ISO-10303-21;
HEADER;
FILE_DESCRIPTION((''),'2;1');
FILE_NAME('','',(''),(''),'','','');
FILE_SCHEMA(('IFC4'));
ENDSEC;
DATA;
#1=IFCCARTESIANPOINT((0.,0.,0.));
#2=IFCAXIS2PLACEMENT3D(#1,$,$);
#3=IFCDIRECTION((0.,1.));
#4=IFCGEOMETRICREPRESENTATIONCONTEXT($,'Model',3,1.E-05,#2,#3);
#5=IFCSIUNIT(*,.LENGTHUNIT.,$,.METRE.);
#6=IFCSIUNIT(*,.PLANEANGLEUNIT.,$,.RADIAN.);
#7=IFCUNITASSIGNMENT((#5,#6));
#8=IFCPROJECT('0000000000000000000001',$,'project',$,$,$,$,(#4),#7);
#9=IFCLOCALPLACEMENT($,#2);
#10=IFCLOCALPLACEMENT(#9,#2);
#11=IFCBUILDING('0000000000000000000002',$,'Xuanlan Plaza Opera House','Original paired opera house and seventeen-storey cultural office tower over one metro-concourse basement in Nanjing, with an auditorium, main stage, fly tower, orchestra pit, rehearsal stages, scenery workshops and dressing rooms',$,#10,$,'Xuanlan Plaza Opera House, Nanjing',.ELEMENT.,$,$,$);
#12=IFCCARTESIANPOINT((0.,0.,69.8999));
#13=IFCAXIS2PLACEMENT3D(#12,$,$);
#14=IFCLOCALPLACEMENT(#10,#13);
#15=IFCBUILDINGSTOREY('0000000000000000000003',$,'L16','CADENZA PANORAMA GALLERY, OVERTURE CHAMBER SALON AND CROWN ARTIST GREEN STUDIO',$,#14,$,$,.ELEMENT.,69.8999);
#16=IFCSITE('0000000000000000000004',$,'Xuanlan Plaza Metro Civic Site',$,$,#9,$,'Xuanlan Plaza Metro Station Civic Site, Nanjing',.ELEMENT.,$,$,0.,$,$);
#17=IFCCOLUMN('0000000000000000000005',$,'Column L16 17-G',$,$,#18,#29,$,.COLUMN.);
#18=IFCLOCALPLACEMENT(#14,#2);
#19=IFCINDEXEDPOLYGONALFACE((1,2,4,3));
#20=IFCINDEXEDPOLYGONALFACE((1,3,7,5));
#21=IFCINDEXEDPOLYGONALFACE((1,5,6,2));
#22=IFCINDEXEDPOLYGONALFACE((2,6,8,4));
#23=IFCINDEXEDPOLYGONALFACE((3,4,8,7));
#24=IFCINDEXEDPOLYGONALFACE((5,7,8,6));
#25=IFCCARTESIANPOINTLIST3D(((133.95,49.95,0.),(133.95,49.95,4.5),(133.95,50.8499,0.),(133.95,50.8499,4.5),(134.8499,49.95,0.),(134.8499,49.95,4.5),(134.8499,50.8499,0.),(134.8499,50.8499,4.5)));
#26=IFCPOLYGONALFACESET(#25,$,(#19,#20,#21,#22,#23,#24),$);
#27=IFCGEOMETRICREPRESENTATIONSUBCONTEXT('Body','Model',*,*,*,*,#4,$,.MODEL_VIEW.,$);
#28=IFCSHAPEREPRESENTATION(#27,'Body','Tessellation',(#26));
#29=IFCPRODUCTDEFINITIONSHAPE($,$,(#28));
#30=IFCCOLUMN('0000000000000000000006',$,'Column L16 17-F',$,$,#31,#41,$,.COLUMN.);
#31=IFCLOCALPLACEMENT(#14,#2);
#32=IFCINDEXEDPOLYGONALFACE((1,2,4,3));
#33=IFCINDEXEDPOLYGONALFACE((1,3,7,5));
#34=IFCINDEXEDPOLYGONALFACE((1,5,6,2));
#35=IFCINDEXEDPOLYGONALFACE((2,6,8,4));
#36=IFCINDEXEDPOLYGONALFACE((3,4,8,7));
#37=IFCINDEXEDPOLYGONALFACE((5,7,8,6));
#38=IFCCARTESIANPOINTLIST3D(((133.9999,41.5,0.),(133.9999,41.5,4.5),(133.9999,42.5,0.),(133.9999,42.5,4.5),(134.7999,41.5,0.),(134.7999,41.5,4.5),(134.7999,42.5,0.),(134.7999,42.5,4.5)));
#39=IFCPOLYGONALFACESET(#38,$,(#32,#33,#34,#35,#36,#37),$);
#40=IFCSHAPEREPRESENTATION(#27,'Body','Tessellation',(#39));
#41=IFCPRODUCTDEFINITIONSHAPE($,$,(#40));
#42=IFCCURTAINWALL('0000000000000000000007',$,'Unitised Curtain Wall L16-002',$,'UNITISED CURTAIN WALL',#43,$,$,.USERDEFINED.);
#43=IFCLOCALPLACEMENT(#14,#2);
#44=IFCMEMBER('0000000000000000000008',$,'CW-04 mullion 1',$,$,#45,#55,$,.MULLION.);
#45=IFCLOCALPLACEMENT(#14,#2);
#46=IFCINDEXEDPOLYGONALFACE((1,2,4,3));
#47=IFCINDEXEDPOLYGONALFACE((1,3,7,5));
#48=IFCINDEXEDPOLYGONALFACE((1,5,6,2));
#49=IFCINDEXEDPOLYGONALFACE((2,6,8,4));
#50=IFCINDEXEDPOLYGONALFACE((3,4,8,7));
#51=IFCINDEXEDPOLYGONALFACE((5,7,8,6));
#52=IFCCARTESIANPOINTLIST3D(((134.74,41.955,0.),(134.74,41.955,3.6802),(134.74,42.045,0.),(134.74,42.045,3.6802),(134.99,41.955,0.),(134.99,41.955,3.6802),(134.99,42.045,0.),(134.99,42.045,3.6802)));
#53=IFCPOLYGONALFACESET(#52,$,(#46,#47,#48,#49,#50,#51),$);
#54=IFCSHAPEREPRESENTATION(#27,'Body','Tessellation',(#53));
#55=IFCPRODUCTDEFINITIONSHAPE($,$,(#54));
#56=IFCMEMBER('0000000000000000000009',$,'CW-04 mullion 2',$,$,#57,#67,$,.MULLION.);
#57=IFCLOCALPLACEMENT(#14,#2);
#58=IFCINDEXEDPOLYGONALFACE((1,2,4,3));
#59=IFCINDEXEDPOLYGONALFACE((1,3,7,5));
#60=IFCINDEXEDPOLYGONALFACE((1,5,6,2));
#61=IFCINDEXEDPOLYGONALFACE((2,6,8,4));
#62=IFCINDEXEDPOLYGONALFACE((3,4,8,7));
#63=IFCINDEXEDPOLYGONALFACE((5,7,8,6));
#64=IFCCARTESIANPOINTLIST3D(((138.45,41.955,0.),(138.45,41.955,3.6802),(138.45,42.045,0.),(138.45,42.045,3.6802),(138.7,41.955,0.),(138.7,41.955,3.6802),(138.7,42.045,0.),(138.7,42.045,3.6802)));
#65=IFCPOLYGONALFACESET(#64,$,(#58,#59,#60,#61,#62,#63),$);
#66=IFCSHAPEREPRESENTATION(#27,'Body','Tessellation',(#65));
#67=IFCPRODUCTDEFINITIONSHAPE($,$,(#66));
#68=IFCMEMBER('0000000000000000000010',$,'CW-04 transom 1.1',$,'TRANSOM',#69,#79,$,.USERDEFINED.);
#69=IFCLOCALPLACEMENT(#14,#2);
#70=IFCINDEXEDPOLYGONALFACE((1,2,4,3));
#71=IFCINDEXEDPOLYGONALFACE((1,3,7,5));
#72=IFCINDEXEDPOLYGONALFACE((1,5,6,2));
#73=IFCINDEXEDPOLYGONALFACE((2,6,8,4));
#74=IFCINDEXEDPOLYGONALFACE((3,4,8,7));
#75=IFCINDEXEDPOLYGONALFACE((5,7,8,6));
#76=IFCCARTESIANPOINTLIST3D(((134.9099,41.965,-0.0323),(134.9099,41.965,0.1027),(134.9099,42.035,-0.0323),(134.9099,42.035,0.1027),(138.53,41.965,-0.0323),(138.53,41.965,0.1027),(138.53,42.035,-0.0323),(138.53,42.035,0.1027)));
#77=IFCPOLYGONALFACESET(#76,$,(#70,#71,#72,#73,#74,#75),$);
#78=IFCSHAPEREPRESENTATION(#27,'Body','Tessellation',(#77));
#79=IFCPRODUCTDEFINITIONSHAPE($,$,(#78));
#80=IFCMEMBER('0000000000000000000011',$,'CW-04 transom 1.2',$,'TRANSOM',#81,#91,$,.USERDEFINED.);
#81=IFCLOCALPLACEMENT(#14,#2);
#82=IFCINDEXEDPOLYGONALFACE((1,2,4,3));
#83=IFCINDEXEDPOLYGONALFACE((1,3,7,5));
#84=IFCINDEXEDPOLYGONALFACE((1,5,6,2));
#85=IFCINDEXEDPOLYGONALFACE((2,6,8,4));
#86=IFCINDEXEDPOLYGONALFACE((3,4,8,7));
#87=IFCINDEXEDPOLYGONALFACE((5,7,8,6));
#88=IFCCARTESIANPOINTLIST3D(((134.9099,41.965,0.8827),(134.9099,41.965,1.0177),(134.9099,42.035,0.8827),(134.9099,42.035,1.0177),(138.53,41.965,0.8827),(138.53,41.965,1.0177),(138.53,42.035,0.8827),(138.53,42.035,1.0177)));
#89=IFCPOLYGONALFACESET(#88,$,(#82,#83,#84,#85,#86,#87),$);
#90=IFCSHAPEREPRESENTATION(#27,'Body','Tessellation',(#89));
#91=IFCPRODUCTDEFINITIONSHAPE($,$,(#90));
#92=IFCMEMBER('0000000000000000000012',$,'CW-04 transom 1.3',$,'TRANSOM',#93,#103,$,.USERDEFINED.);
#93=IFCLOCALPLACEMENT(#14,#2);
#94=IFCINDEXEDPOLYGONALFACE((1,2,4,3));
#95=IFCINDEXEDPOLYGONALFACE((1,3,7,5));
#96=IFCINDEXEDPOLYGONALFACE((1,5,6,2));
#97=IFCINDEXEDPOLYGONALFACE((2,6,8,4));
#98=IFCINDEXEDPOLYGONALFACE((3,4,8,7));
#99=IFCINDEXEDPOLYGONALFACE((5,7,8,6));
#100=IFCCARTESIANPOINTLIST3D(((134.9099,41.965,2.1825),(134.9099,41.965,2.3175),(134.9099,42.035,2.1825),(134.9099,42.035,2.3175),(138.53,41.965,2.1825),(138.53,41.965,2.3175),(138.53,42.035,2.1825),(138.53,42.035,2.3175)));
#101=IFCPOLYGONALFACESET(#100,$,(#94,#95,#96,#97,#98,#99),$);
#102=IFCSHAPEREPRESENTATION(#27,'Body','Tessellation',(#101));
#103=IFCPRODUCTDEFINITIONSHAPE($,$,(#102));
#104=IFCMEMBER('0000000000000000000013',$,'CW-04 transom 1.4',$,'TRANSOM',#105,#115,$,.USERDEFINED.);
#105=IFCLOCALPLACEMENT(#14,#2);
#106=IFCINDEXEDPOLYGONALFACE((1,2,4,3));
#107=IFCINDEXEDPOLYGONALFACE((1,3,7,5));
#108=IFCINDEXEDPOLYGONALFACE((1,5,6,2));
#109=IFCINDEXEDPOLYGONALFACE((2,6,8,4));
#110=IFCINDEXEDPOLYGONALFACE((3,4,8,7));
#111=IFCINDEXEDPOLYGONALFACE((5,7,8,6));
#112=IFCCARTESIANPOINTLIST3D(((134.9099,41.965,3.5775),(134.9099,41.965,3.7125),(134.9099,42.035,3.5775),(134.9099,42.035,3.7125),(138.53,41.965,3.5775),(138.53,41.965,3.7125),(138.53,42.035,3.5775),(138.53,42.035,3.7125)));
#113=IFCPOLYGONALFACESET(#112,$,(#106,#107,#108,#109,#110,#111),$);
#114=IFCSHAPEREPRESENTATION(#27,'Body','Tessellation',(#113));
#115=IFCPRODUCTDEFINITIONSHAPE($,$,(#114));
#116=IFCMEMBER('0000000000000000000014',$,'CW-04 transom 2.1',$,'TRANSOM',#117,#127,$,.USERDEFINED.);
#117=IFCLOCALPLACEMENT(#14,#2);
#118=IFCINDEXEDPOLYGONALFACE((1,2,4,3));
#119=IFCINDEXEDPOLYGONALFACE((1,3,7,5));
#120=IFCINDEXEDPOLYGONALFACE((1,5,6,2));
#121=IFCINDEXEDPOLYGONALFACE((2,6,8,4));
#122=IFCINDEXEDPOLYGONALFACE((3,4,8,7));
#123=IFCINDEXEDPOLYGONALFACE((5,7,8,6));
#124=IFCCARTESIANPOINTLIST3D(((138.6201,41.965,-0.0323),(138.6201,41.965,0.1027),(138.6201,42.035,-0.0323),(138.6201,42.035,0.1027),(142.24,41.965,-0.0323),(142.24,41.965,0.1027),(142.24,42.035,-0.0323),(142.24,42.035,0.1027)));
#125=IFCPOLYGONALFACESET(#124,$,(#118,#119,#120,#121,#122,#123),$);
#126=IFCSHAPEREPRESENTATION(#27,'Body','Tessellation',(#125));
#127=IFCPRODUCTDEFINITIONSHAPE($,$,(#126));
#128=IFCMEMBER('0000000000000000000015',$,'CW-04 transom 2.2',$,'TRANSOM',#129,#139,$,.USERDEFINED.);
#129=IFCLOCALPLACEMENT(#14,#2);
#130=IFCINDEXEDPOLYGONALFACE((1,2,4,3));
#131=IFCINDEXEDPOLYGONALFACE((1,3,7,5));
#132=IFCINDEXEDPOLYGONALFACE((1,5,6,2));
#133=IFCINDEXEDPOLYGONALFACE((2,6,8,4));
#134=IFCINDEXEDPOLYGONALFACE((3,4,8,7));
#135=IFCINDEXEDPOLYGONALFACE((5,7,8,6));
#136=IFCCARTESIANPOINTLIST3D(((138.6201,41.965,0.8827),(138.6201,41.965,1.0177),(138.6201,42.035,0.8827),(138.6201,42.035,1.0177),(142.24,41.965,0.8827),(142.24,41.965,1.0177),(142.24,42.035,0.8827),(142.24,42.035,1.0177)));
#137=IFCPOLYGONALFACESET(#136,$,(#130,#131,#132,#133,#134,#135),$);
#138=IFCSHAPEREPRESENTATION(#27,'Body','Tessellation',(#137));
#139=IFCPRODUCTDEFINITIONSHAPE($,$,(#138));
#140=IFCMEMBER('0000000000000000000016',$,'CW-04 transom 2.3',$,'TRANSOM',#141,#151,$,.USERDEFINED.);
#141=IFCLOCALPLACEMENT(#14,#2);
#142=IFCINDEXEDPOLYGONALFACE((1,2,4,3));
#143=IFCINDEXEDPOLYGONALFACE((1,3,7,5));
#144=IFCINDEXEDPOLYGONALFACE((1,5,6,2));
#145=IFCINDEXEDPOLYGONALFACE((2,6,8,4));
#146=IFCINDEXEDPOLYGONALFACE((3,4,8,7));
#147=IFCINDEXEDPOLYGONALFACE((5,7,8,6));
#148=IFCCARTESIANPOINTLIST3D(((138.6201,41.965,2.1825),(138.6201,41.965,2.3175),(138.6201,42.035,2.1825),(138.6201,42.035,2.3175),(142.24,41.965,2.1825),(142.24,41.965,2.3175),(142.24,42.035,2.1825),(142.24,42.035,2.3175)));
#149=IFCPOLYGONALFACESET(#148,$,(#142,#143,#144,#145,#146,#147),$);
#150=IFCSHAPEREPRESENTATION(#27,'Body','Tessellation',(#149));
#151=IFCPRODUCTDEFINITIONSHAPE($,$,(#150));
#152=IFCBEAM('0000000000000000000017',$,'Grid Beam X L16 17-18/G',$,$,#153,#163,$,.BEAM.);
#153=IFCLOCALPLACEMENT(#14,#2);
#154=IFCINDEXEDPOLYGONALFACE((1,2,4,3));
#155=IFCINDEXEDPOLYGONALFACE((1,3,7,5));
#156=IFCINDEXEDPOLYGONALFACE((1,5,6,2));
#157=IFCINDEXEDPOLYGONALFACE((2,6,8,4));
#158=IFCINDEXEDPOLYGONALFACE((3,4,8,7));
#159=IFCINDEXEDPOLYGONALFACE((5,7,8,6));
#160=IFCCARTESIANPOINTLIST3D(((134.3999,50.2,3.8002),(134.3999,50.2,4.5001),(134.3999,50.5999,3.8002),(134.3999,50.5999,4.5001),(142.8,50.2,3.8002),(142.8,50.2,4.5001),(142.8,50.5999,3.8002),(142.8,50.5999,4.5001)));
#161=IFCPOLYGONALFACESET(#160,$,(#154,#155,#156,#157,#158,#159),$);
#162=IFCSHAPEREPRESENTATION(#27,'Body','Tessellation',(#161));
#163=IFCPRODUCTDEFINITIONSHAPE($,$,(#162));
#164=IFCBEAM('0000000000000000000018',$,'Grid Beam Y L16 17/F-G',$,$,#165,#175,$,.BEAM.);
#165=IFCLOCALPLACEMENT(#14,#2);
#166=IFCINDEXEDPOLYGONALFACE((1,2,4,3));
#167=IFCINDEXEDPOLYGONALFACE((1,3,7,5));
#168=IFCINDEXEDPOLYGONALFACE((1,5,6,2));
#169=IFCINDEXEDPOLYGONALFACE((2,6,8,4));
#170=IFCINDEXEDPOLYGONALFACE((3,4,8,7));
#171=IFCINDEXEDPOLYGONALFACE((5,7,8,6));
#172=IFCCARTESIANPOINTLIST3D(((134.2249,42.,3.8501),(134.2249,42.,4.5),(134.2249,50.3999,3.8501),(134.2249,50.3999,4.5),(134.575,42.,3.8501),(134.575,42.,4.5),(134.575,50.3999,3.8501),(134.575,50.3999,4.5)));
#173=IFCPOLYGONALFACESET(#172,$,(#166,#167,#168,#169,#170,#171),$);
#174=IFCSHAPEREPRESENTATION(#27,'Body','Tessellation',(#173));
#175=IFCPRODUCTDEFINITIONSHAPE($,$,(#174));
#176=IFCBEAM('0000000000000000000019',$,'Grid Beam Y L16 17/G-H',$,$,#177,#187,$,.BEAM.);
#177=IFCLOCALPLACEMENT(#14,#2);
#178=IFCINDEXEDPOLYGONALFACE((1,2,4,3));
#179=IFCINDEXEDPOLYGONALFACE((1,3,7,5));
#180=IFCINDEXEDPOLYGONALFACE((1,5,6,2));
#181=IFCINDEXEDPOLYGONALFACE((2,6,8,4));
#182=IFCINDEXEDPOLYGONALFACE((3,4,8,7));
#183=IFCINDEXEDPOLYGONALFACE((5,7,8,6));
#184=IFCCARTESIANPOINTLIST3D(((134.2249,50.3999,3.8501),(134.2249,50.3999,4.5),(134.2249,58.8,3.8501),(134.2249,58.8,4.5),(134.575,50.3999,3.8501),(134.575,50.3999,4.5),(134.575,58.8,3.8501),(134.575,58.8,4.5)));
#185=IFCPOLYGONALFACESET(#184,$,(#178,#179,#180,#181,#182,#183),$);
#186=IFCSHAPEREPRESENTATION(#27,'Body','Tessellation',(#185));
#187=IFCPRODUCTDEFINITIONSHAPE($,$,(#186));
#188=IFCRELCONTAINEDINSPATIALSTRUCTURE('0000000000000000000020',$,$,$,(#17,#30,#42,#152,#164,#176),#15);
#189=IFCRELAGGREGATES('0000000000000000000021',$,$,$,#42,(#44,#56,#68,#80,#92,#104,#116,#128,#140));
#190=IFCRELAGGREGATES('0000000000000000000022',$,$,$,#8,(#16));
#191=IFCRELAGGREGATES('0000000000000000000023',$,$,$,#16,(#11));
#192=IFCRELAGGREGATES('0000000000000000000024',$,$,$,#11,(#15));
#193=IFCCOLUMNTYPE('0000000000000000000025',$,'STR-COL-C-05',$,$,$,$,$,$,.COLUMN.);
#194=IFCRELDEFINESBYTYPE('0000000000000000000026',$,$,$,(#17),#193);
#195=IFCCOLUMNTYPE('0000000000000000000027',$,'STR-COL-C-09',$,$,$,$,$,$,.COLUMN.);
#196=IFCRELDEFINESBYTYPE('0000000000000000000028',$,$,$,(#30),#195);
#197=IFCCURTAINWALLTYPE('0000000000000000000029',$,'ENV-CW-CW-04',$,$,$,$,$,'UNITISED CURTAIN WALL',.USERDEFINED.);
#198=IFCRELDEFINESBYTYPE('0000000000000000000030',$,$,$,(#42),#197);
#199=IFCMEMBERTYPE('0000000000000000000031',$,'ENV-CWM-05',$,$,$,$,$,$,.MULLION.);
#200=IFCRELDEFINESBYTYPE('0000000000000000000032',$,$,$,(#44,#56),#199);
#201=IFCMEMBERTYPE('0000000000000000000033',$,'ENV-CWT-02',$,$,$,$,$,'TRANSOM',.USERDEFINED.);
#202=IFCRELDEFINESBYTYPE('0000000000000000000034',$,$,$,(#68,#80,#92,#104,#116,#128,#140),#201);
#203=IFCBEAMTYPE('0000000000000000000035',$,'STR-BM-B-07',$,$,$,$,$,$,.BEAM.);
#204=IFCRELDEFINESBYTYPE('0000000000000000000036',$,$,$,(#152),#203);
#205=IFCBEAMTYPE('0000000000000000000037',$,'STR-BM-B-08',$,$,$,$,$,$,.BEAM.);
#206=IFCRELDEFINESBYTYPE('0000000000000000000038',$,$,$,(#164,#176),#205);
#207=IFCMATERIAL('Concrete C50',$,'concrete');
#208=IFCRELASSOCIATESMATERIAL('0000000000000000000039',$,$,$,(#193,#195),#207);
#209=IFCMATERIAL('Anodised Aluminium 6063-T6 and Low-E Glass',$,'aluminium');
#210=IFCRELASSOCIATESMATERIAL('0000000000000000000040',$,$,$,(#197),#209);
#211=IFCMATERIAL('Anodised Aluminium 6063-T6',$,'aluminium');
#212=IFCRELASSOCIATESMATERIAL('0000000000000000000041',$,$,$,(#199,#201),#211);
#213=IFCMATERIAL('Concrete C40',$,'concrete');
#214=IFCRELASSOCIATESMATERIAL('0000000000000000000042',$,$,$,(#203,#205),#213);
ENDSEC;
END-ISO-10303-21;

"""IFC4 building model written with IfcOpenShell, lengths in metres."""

from ifc_helpers import new_model, si_unit, direction, frame, origin, origin_2d, place, context, subcontext, project, spatial, rectangle, extrude, material, material_profile, profile_set, type_object, element, aggregate, save


model = new_model("IFC4")

# Units and contexts
model_context = context("Model", 3, precision=1e-05, world=origin(), true_north=direction((0.0, 1.0)))
body_context = subcontext(model_context, "Body", "Model", "MODEL_VIEW")
ifc_project = project(units=[si_unit("LENGTHUNIT", "METRE"), si_unit("PLANEANGLEUNIT", "RADIAN")], contexts=[model_context])

# Site, building, storey
site_placement = place(None, origin())
site = spatial("IfcSite", under=ifc_project, at=site_placement, Name="Xuanlan Plaza Metro Civic Site", LongName="Xuanlan Plaza Metro Station Civic Site, Nanjing", CompositionType="ELEMENT", RefElevation=0.0)
building_placement = place(site_placement, origin())
building = spatial("IfcBuilding", under=site, at=building_placement, Name="Xuanlan Plaza Opera House", Description="Original paired opera house and seventeen-storey cultural office tower over one metro-concourse basement in Nanjing, with an auditorium, main stage, fly tower, orchestra pit, rehearsal stages, scenery workshops and dressing rooms", LongName="Xuanlan Plaza Opera House, Nanjing", CompositionType="ELEMENT")
storey_placement = place(building_placement, frame((0.0, 0.0, 69.8999)))
storey = spatial("IfcBuildingStorey", under=building, at=storey_placement, Name="L16", Description="CADENZA PANORAMA GALLERY, OVERTURE CHAMBER SALON AND CROWN ARTIST GREEN STUDIO", CompositionType="ELEMENT", Elevation=69.8999)

# Columns
ifc_material_1 = material(Name="Concrete C50", Category="concrete")
ifc_material_profile_1 = material_profile(ifc_material_1, rectangle(XDim=0.8999, YDim=0.8999, at=origin_2d()), Name="RC-COL 900x900")
ifc_profile_set_1 = profile_set([ifc_material_profile_1], Name="Concrete C50")
column_type_1 = type_object("IfcColumnType", Name="STR-COL-C-05", PredefinedType="COLUMN", material=ifc_profile_set_1)
column_1_placement = place(storey_placement, frame((134.3999, 50.3999, 0.0), z_axis=(0.0, 0.0, 1.0), x_axis=(1.0, 0.0, 0.0)))
element("IfcColumn", 1, at=column_1_placement, inside=storey, type_object=column_type_1, Name="Column L16 17-G", PredefinedType="COLUMN", context=body_context, shape_type="SweptSolid", body=[
    extrude(rectangle(XDim=0.8999, YDim=0.8999, at=origin_2d()), origin(), (0.0, 0.0, 1.0), 4.5),
])
ifc_material_profile_2 = material_profile(ifc_material_1, rectangle(XDim=0.8, YDim=1.0, at=origin_2d()), Name="RC-COL 800x1000")
ifc_profile_set_2 = profile_set([ifc_material_profile_2], Name="Concrete C50")
column_type_2 = type_object("IfcColumnType", Name="STR-COL-C-09", PredefinedType="COLUMN", material=ifc_profile_set_2)
column_2_placement = place(storey_placement, frame((134.3999, 42.0, 0.0), z_axis=(0.0, 0.0, 1.0), x_axis=(1.0, 0.0, 0.0)))
element("IfcColumn", 2, at=column_2_placement, inside=storey, type_object=column_type_2, Name="Column L16 17-F", PredefinedType="COLUMN", context=body_context, shape_type="SweptSolid", body=[
    extrude(rectangle(XDim=0.8, YDim=1.0, at=origin_2d()), origin(), (0.0, 0.0, 1.0), 4.5),
])

# Curtain wall, members
ifc_material_2 = material(Name="Anodised Aluminium 6063-T6 and Low-E Glass", Category="aluminium")
curtain_wall_type = type_object("IfcCurtainWallType", Name="ENV-CW-CW-04", ElementType="UNITISED CURTAIN WALL", PredefinedType="USERDEFINED", material=ifc_material_2)
curtain_wall_placement = place(storey_placement, origin())
curtain_wall = element("IfcCurtainWall", 3, at=curtain_wall_placement, inside=storey, type_object=curtain_wall_type, Name="Unitised Curtain Wall L16-002", ObjectType="UNITISED CURTAIN WALL", PredefinedType="USERDEFINED")
ifc_material_3 = material(Name="Anodised Aluminium 6063-T6", Category="aluminium")
ifc_material_profile_3 = material_profile(ifc_material_3, rectangle(XDim=0.0901, YDim=0.25, at=origin_2d()), Name="ALU-M 90x250")
ifc_profile_set_3 = profile_set([ifc_material_profile_3], Name="Anodised Aluminium 6063-T6")
member_type_1 = type_object("IfcMemberType", Name="ENV-CWM-05", PredefinedType="MULLION", material=ifc_profile_set_3)
member_1_placement = place(storey_placement, frame((134.865, 42.0, 0.0), z_axis=(0.0, 0.0, 1.0), x_axis=(0.0, 1.0, 0.0)))
member_1 = element("IfcMember", 4, at=member_1_placement, type_object=member_type_1, Name="CW-04 mullion 1", PredefinedType="MULLION", context=body_context, shape_type="SweptSolid", body=[
    extrude(rectangle(XDim=0.0901, YDim=0.25, at=origin_2d()), origin(), (0.0, 0.0, 1.0), 3.6802),
])
member_2_placement = place(storey_placement, frame((138.575, 42.0, 0.0), z_axis=(0.0, 0.0, 1.0), x_axis=(0.0, 1.0, 0.0)))
member_2 = element("IfcMember", 5, at=member_2_placement, type_object=member_type_1, Name="CW-04 mullion 2", PredefinedType="MULLION", context=body_context, shape_type="SweptSolid", body=[
    extrude(rectangle(XDim=0.0901, YDim=0.25, at=origin_2d()), origin(), (0.0, 0.0, 1.0), 3.6802),
])
ifc_material_profile_4 = material_profile(ifc_material_3, rectangle(XDim=0.0701, YDim=0.135, at=origin_2d()), Name="ALU-T 70x135")
ifc_profile_set_4 = profile_set([ifc_material_profile_4], Name="Anodised Aluminium 6063-T6")
member_type_2 = type_object("IfcMemberType", Name="ENV-CWT-02", ElementType="TRANSOM", PredefinedType="USERDEFINED", material=ifc_profile_set_4)
member_3_placement = place(storey_placement, frame((134.9099, 42.0, 0.0352), z_axis=(1.0, 0.0, 0.0), x_axis=(0.0, 1.0, 0.0)))
member_3 = element("IfcMember", 6, at=member_3_placement, type_object=member_type_2, Name="CW-04 transom 1.1", ObjectType="TRANSOM", PredefinedType="USERDEFINED", context=body_context, shape_type="SweptSolid", body=[
    extrude(rectangle(XDim=0.0701, YDim=0.135, at=origin_2d()), origin(), (0.0, 0.0, 1.0), 3.6201),
])
member_4_placement = place(storey_placement, frame((134.9099, 42.0, 0.9502), z_axis=(1.0, 0.0, 0.0), x_axis=(0.0, 1.0, 0.0)))
member_4 = element("IfcMember", 7, at=member_4_placement, type_object=member_type_2, Name="CW-04 transom 1.2", ObjectType="TRANSOM", PredefinedType="USERDEFINED", context=body_context, shape_type="SweptSolid", body=[
    extrude(rectangle(XDim=0.0701, YDim=0.135, at=origin_2d()), origin(), (0.0, 0.0, 1.0), 3.6201),
])
member_5_placement = place(storey_placement, frame((134.9099, 42.0, 2.25), z_axis=(1.0, 0.0, 0.0), x_axis=(0.0, 1.0, 0.0)))
member_5 = element("IfcMember", 8, at=member_5_placement, type_object=member_type_2, Name="CW-04 transom 1.3", ObjectType="TRANSOM", PredefinedType="USERDEFINED", context=body_context, shape_type="SweptSolid", body=[
    extrude(rectangle(XDim=0.0701, YDim=0.135, at=origin_2d()), origin(), (0.0, 0.0, 1.0), 3.6201),
])
member_6_placement = place(storey_placement, frame((134.9099, 42.0, 3.645), z_axis=(1.0, 0.0, 0.0), x_axis=(0.0, 1.0, 0.0)))
member_6 = element("IfcMember", 9, at=member_6_placement, type_object=member_type_2, Name="CW-04 transom 1.4", ObjectType="TRANSOM", PredefinedType="USERDEFINED", context=body_context, shape_type="SweptSolid", body=[
    extrude(rectangle(XDim=0.0701, YDim=0.135, at=origin_2d()), origin(), (0.0, 0.0, 1.0), 3.6201),
])
member_7_placement = place(storey_placement, frame((138.6201, 42.0, 0.0352), z_axis=(1.0, 0.0, 0.0), x_axis=(0.0, 1.0, 0.0)))
member_7 = element("IfcMember", 10, at=member_7_placement, type_object=member_type_2, Name="CW-04 transom 2.1", ObjectType="TRANSOM", PredefinedType="USERDEFINED", context=body_context, shape_type="SweptSolid", body=[
    extrude(rectangle(XDim=0.0701, YDim=0.135, at=origin_2d()), origin(), (0.0, 0.0, 1.0), 3.6199),
])
member_8_placement = place(storey_placement, frame((138.6201, 42.0, 0.9502), z_axis=(1.0, 0.0, 0.0), x_axis=(0.0, 1.0, 0.0)))
member_8 = element("IfcMember", 11, at=member_8_placement, type_object=member_type_2, Name="CW-04 transom 2.2", ObjectType="TRANSOM", PredefinedType="USERDEFINED", context=body_context, shape_type="SweptSolid", body=[
    extrude(rectangle(XDim=0.0701, YDim=0.135, at=origin_2d()), origin(), (0.0, 0.0, 1.0), 3.6199),
])
member_9_placement = place(storey_placement, frame((138.6201, 42.0, 2.25), z_axis=(1.0, 0.0, 0.0), x_axis=(0.0, 1.0, 0.0)))
member_9 = element("IfcMember", 12, at=member_9_placement, type_object=member_type_2, Name="CW-04 transom 2.3", ObjectType="TRANSOM", PredefinedType="USERDEFINED", context=body_context, shape_type="SweptSolid", body=[
    extrude(rectangle(XDim=0.0701, YDim=0.135, at=origin_2d()), origin(), (0.0, 0.0, 1.0), 3.6199),
])

# Beams
ifc_material_4 = material(Name="Concrete C40", Category="concrete")
ifc_material_profile_5 = material_profile(ifc_material_4, rectangle(XDim=0.3999, YDim=0.7, at=origin_2d()), Name="RC-BM 400x700")
ifc_profile_set_5 = profile_set([ifc_material_profile_5], Name="Concrete C40")
beam_type_1 = type_object("IfcBeamType", Name="STR-BM-B-07", PredefinedType="BEAM", material=ifc_profile_set_5)
beam_1_placement = place(storey_placement, frame((134.3999, 50.3999, 4.1501), z_axis=(1.0, 0.0, 0.0), x_axis=(0.0, 1.0, 0.0)))
element("IfcBeam", 13, at=beam_1_placement, inside=storey, type_object=beam_type_1, Name="Grid Beam X L16 17-18/G", PredefinedType="BEAM", context=body_context, shape_type="SweptSolid", body=[
    extrude(rectangle(XDim=0.3999, YDim=0.7, at=origin_2d()), origin(), (0.0, 0.0, 1.0), 8.4001),
])
ifc_material_profile_6 = material_profile(ifc_material_4, rectangle(XDim=0.3501, YDim=0.6499, at=origin_2d()), Name="RC-BM 350x650")
ifc_profile_set_6 = profile_set([ifc_material_profile_6], Name="Concrete C40")
beam_type_2 = type_object("IfcBeamType", Name="STR-BM-B-08", PredefinedType="BEAM", material=ifc_profile_set_6)
beam_2_placement = place(storey_placement, frame((134.3999, 42.0, 4.175), z_axis=(0.0, 1.0, 0.0), x_axis=(-1.0, 0.0, 0.0)))
element("IfcBeam", 14, at=beam_2_placement, inside=storey, type_object=beam_type_2, Name="Grid Beam Y L16 17/F-G", PredefinedType="BEAM", context=body_context, shape_type="SweptSolid", body=[
    extrude(rectangle(XDim=0.3501, YDim=0.6499, at=origin_2d()), origin(), (0.0, 0.0, 1.0), 8.3999),
])
beam_3_placement = place(storey_placement, frame((134.3999, 50.3999, 4.175), z_axis=(0.0, 1.0, 0.0), x_axis=(-1.0, 0.0, 0.0)))
element("IfcBeam", 15, at=beam_3_placement, inside=storey, type_object=beam_type_2, Name="Grid Beam Y L16 17/G-H", PredefinedType="BEAM", context=body_context, shape_type="SweptSolid", body=[
    extrude(rectangle(XDim=0.3501, YDim=0.6499, at=origin_2d()), origin(), (0.0, 0.0, 1.0), 8.4001),
])

aggregate(curtain_wall, [member_1, member_2, member_3, member_4, member_5, member_6, member_7, member_8, member_9])

save(model, "model.ifc")
